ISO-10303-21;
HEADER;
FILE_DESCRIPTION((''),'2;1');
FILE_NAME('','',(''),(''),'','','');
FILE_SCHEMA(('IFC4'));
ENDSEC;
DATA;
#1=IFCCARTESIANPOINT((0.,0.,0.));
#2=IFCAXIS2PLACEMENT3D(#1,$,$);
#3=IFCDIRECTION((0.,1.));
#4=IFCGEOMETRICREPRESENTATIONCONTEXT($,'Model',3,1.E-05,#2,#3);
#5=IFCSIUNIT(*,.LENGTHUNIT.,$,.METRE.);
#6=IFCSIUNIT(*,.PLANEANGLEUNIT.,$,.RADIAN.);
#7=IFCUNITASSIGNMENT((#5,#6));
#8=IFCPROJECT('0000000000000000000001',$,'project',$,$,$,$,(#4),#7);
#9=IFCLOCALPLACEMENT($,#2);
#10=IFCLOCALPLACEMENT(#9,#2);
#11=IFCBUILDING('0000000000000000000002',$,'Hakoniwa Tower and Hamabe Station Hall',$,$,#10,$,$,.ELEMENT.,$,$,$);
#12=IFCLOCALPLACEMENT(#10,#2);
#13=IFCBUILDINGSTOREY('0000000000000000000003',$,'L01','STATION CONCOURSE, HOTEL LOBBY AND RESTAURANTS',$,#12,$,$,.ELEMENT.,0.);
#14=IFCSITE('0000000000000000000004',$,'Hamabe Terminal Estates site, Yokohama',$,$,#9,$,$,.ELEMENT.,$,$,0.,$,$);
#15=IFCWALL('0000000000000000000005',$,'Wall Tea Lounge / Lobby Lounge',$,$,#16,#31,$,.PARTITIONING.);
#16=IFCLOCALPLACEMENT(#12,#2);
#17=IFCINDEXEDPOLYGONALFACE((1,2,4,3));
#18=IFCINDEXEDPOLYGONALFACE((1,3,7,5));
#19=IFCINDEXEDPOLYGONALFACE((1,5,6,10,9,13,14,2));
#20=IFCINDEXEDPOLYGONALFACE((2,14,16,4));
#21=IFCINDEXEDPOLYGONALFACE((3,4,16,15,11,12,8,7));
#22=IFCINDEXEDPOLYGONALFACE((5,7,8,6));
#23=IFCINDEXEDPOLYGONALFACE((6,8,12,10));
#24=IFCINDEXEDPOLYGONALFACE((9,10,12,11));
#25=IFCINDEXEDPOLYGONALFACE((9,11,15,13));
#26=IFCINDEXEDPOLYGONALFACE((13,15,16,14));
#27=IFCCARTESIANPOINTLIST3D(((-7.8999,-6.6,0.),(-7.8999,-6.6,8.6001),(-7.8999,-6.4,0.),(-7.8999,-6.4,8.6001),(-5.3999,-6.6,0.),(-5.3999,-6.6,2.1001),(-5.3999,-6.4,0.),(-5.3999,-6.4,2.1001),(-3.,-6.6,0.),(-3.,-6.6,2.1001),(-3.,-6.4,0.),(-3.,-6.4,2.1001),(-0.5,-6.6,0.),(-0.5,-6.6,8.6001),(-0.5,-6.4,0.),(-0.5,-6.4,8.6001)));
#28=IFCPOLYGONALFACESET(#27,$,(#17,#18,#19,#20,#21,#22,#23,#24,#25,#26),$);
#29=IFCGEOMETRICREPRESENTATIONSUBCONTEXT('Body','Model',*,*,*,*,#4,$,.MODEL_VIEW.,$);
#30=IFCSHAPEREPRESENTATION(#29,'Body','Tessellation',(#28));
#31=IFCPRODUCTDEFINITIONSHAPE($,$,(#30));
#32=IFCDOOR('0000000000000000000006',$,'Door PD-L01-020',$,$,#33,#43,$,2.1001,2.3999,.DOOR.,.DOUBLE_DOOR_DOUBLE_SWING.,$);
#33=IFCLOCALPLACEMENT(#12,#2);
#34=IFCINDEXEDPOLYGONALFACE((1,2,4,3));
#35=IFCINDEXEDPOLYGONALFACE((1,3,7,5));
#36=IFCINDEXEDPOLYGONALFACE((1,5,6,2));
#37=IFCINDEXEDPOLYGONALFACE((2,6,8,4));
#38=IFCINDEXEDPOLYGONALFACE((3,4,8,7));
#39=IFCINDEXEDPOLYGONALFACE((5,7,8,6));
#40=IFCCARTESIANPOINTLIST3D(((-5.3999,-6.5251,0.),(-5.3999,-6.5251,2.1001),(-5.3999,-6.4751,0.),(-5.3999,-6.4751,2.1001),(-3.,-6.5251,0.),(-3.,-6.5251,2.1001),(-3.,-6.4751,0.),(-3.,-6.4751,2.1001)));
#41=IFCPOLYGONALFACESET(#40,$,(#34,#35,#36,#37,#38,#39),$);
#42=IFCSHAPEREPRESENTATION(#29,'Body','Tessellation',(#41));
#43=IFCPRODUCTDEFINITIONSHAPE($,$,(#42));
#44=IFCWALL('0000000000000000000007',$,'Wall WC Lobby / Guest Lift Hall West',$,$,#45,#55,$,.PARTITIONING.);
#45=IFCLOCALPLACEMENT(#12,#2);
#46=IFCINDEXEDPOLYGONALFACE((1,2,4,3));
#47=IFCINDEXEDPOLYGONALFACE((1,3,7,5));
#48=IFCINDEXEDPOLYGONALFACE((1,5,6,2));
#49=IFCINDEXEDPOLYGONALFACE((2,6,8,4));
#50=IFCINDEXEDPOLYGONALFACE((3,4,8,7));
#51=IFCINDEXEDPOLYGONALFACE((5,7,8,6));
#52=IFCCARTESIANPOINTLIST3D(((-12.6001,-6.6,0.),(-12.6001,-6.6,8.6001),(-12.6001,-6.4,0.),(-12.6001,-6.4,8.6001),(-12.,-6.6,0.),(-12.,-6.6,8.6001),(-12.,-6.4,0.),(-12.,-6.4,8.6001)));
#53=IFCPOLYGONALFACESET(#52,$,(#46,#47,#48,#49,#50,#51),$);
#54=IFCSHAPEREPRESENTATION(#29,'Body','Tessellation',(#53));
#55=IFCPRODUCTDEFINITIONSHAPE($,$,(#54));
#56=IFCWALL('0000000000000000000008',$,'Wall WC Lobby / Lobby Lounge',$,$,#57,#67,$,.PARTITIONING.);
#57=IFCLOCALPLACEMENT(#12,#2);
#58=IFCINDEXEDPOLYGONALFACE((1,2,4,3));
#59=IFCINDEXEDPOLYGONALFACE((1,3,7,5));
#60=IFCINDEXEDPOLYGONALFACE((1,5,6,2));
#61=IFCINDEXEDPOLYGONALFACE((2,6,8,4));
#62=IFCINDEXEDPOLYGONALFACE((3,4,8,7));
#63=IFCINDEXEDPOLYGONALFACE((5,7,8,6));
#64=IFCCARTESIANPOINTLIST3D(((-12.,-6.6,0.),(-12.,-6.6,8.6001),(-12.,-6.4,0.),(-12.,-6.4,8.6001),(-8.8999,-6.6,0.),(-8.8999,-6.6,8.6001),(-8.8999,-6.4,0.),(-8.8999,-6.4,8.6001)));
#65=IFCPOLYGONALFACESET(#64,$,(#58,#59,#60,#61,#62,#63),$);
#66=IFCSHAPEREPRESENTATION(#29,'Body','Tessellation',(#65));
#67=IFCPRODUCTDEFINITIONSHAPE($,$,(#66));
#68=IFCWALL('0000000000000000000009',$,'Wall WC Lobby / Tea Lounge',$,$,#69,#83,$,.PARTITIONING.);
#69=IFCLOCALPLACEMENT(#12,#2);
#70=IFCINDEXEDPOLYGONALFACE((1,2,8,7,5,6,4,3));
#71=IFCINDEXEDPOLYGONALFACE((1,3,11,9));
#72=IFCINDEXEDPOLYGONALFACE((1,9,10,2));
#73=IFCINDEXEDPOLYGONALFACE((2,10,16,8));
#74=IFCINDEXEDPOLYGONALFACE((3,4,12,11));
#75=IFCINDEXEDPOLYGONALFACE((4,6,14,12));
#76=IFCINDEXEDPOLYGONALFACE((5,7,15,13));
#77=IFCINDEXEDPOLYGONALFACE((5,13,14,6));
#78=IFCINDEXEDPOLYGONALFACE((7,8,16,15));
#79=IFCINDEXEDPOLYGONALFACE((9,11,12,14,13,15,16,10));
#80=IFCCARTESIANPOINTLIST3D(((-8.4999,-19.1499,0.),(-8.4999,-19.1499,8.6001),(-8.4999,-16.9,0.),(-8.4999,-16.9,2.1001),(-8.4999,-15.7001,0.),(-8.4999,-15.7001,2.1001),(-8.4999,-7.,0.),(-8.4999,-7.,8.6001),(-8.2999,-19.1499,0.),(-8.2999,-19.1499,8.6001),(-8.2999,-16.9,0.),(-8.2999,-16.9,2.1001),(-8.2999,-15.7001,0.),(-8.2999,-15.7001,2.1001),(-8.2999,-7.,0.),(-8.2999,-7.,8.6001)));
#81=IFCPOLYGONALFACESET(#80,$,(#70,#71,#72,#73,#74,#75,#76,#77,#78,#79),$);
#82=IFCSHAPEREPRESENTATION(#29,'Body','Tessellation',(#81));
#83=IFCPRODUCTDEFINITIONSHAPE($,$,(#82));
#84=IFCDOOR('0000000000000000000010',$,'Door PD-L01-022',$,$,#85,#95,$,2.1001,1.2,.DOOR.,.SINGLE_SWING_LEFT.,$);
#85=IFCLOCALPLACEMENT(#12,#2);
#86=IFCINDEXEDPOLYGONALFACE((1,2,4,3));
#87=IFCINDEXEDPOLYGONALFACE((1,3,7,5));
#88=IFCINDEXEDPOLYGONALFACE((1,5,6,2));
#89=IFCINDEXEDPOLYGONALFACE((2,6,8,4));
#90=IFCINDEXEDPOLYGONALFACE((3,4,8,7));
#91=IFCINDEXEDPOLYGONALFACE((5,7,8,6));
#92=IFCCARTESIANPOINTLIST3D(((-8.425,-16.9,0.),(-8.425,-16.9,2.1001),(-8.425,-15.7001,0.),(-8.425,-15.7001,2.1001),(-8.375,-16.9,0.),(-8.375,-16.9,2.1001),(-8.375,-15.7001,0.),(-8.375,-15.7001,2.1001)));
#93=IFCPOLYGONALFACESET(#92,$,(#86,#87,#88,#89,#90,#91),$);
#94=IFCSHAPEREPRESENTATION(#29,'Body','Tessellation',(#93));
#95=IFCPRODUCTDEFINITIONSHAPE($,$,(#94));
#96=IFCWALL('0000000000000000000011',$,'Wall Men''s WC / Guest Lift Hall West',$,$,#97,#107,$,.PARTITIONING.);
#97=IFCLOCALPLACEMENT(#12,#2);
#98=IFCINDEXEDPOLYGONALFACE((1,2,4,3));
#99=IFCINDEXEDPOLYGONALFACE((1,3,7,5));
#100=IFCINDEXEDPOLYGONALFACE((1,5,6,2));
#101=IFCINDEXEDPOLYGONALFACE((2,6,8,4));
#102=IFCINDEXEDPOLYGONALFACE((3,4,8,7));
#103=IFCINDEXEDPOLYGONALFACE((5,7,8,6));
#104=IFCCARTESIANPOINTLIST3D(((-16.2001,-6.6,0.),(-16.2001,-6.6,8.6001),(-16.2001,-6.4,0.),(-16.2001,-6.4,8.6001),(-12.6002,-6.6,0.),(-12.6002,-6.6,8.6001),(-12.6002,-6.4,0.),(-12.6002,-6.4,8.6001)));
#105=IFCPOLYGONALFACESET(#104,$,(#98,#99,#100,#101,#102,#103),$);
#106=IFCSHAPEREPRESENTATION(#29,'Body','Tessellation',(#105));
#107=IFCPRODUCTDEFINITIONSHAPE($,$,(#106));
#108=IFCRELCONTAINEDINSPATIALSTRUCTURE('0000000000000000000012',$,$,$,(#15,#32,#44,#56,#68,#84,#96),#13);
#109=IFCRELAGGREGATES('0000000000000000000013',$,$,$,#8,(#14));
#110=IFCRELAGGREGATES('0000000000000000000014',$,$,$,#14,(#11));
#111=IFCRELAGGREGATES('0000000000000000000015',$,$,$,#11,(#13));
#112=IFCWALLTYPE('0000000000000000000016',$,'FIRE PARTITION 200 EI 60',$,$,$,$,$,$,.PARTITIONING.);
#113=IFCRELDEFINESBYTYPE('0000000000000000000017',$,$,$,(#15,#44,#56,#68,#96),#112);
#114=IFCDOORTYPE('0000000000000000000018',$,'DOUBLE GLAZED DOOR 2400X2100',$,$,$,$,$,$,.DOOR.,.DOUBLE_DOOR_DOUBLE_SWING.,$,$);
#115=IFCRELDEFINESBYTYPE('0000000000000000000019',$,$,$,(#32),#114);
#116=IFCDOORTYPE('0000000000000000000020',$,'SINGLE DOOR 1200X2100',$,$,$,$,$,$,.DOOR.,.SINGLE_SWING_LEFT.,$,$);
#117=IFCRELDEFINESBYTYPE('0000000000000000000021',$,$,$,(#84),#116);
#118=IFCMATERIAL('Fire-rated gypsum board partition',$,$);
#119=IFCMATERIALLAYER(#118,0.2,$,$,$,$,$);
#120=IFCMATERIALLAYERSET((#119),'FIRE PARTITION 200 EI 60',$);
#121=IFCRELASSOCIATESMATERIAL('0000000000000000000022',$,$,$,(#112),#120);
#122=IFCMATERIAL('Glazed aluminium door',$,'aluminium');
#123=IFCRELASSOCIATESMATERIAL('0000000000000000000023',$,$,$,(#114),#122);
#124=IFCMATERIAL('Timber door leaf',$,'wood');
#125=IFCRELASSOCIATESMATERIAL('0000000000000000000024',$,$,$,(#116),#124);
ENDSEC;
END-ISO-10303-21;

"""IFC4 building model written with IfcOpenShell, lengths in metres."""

from ifc_helpers import new_model, si_unit, direction, frame, frame_2d, origin, place, context, subcontext, project, spatial, rectangle, extrude, material, layer, layer_set, type_object, element, fill, save


model = new_model("IFC4")

# Units and contexts
model_context = context("Model", 3, precision=1e-05, world=origin(), true_north=direction((0.0, 1.0)))
body_context = subcontext(model_context, "Body", "Model", "MODEL_VIEW")
ifc_project = project(units=[si_unit("LENGTHUNIT", "METRE"), si_unit("PLANEANGLEUNIT", "RADIAN")], contexts=[model_context])

# Site, building, storey
site_placement = place(None, origin())
site = spatial("IfcSite", under=ifc_project, at=site_placement, Name="Hamabe Terminal Estates site, Yokohama", CompositionType="ELEMENT", RefElevation=0.0)
building_placement = place(site_placement, origin())
building = spatial("IfcBuilding", under=site, at=building_placement, Name="Hakoniwa Tower and Hamabe Station Hall", CompositionType="ELEMENT")
storey_placement = place(building_placement, origin())
storey = spatial("IfcBuildingStorey", under=building, at=storey_placement, Name="L01", Description="STATION CONCOURSE, HOTEL LOBBY AND RESTAURANTS", CompositionType="ELEMENT", Elevation=0.0)

# Wall, opening, door
ifc_material_1 = material(Name="Fire-rated gypsum board partition")
ifc_layer = layer(ifc_material_1, 0.2)
ifc_layer_set = layer_set([ifc_layer], Name="FIRE PARTITION 200 EI 60")
wall_type = type_object("IfcWallType", Name="FIRE PARTITION 200 EI 60", PredefinedType="PARTITIONING", material=ifc_layer_set)
wall_1_placement = place(storey_placement, frame((-7.8999, -6.5, 0.0), z_axis=(0.0, 0.0, 1.0), x_axis=(1.0, 0.0, 0.0)))
wall_1 = element("IfcWall", 1, at=wall_1_placement, inside=storey, type_object=wall_type, Name="Wall Tea Lounge / Lobby Lounge", PredefinedType="PARTITIONING", context=body_context, shape_type="SweptSolid", body=[
    extrude(rectangle(XDim=7.3999, YDim=0.2, at=frame_2d((3.7, 0.0))), origin(), (0.0, 0.0, 1.0), 8.6001),
])
opening_1_placement = place(wall_1_placement, frame((2.5, 0.0, 0.0)))
opening_1 = element("IfcOpeningElement", 2, at=opening_1_placement, cuts=wall_1, PredefinedType="OPENING", context=body_context, shape_type="SweptSolid", body=[
    extrude(rectangle(XDim=2.3999, YDim=2.1001, at=frame_2d((1.2, 1.05))), frame((0.0, 0.1099, 0.0), z_axis=(0.0, -1.0, 0.0), x_axis=(1.0, 0.0, 0.0)), (0.0, 0.0, 1.0), 0.22),
])
ifc_material_2 = material(Name="Glazed aluminium door", Category="aluminium")
door_type_1 = type_object("IfcDoorType", Name="DOUBLE GLAZED DOOR 2400X2100", OperationType="DOUBLE_DOOR_DOUBLE_SWING", PredefinedType="DOOR", material=ifc_material_2)
door_1_placement = place(opening_1_placement, origin())
door_1 = element("IfcDoor", 3, at=door_1_placement, inside=storey, type_object=door_type_1, Name="Door PD-L01-020", OperationType="DOUBLE_DOOR_DOUBLE_SWING", OverallHeight=2.1001, OverallWidth=2.3999, PredefinedType="DOOR", context=body_context, shape_type="SweptSolid", body=[
    extrude(rectangle(XDim=2.3999, YDim=2.1001, at=frame_2d((1.2, 1.05))), frame((0.0, 0.0249, 0.0), z_axis=(0.0, -1.0, 0.0), x_axis=(1.0, 0.0, 0.0)), (0.0, 0.0, 1.0), 0.05),
])
fill(opening_1, door_1)

# Walls
wall_2_placement = place(storey_placement, frame((-12.6001, -6.5, 0.0), z_axis=(0.0, 0.0, 1.0), x_axis=(1.0, 0.0, 0.0)))
element("IfcWall", 4, at=wall_2_placement, inside=storey, type_object=wall_type, Name="Wall WC Lobby / Guest Lift Hall West", PredefinedType="PARTITIONING", context=body_context, shape_type="SweptSolid", body=[
    extrude(rectangle(XDim=0.6001, YDim=0.2, at=frame_2d((0.3, 0.0))), origin(), (0.0, 0.0, 1.0), 8.6001),
])
wall_3_placement = place(storey_placement, frame((-12.0, -6.5, 0.0), z_axis=(0.0, 0.0, 1.0), x_axis=(1.0, 0.0, 0.0)))
element("IfcWall", 5, at=wall_3_placement, inside=storey, type_object=wall_type, Name="Wall WC Lobby / Lobby Lounge", PredefinedType="PARTITIONING", context=body_context, shape_type="SweptSolid", body=[
    extrude(rectangle(XDim=3.1001, YDim=0.2, at=frame_2d((1.55, 0.0))), origin(), (0.0, 0.0, 1.0), 8.6001),
])

# Wall, opening, door
wall_4_placement = place(storey_placement, frame((-8.3999, -7.0, 0.0), z_axis=(0.0, 0.0, 1.0), x_axis=(0.0, -1.0, 0.0)))
wall_4 = element("IfcWall", 6, at=wall_4_placement, inside=storey, type_object=wall_type, Name="Wall WC Lobby / Tea Lounge", PredefinedType="PARTITIONING", context=body_context, shape_type="SweptSolid", body=[
    extrude(rectangle(XDim=12.1499, YDim=0.2, at=frame_2d((6.075, 0.0))), origin(), (0.0, 0.0, 1.0), 8.6001),
])
opening_2_placement = place(wall_4_placement, frame((8.7, 0.0, 0.0)))
opening_2 = element("IfcOpeningElement", 7, at=opening_2_placement, cuts=wall_4, PredefinedType="OPENING", context=body_context, shape_type="SweptSolid", body=[
    extrude(rectangle(XDim=1.2, YDim=2.1001, at=frame_2d((0.6001, 1.05))), frame((0.0, 0.1099, 0.0), z_axis=(0.0, -1.0, 0.0), x_axis=(1.0, 0.0, 0.0)), (0.0, 0.0, 1.0), 0.22),
])
ifc_material_3 = material(Name="Timber door leaf", Category="wood")
door_type_2 = type_object("IfcDoorType", Name="SINGLE DOOR 1200X2100", OperationType="SINGLE_SWING_LEFT", PredefinedType="DOOR", material=ifc_material_3)
door_2_placement = place(opening_2_placement, origin())
door_2 = element("IfcDoor", 8, at=door_2_placement, inside=storey, type_object=door_type_2, Name="Door PD-L01-022", OperationType="SINGLE_SWING_LEFT", OverallHeight=2.1001, OverallWidth=1.2, PredefinedType="DOOR", context=body_context, shape_type="SweptSolid", body=[
    extrude(rectangle(XDim=1.2, YDim=2.1001, at=frame_2d((0.6001, 1.05))), frame((0.0, 0.0249, 0.0), z_axis=(0.0, -1.0, 0.0), x_axis=(1.0, 0.0, 0.0)), (0.0, 0.0, 1.0), 0.05),
])
fill(opening_2, door_2)

# Wall
wall_5_placement = place(storey_placement, frame((-16.2, -6.5, 0.0), z_axis=(0.0, 0.0, 1.0), x_axis=(1.0, 0.0, 0.0)))
element("IfcWall", 9, at=wall_5_placement, inside=storey, type_object=wall_type, Name="Wall Men's WC / Guest Lift Hall West", PredefinedType="PARTITIONING", context=body_context, shape_type="SweptSolid", body=[
    extrude(rectangle(XDim=3.5999, YDim=0.2, at=frame_2d((1.7998, 0.0))), origin(), (0.0, 0.0, 1.0), 8.6001),
])

save(model, "model.ifc")
